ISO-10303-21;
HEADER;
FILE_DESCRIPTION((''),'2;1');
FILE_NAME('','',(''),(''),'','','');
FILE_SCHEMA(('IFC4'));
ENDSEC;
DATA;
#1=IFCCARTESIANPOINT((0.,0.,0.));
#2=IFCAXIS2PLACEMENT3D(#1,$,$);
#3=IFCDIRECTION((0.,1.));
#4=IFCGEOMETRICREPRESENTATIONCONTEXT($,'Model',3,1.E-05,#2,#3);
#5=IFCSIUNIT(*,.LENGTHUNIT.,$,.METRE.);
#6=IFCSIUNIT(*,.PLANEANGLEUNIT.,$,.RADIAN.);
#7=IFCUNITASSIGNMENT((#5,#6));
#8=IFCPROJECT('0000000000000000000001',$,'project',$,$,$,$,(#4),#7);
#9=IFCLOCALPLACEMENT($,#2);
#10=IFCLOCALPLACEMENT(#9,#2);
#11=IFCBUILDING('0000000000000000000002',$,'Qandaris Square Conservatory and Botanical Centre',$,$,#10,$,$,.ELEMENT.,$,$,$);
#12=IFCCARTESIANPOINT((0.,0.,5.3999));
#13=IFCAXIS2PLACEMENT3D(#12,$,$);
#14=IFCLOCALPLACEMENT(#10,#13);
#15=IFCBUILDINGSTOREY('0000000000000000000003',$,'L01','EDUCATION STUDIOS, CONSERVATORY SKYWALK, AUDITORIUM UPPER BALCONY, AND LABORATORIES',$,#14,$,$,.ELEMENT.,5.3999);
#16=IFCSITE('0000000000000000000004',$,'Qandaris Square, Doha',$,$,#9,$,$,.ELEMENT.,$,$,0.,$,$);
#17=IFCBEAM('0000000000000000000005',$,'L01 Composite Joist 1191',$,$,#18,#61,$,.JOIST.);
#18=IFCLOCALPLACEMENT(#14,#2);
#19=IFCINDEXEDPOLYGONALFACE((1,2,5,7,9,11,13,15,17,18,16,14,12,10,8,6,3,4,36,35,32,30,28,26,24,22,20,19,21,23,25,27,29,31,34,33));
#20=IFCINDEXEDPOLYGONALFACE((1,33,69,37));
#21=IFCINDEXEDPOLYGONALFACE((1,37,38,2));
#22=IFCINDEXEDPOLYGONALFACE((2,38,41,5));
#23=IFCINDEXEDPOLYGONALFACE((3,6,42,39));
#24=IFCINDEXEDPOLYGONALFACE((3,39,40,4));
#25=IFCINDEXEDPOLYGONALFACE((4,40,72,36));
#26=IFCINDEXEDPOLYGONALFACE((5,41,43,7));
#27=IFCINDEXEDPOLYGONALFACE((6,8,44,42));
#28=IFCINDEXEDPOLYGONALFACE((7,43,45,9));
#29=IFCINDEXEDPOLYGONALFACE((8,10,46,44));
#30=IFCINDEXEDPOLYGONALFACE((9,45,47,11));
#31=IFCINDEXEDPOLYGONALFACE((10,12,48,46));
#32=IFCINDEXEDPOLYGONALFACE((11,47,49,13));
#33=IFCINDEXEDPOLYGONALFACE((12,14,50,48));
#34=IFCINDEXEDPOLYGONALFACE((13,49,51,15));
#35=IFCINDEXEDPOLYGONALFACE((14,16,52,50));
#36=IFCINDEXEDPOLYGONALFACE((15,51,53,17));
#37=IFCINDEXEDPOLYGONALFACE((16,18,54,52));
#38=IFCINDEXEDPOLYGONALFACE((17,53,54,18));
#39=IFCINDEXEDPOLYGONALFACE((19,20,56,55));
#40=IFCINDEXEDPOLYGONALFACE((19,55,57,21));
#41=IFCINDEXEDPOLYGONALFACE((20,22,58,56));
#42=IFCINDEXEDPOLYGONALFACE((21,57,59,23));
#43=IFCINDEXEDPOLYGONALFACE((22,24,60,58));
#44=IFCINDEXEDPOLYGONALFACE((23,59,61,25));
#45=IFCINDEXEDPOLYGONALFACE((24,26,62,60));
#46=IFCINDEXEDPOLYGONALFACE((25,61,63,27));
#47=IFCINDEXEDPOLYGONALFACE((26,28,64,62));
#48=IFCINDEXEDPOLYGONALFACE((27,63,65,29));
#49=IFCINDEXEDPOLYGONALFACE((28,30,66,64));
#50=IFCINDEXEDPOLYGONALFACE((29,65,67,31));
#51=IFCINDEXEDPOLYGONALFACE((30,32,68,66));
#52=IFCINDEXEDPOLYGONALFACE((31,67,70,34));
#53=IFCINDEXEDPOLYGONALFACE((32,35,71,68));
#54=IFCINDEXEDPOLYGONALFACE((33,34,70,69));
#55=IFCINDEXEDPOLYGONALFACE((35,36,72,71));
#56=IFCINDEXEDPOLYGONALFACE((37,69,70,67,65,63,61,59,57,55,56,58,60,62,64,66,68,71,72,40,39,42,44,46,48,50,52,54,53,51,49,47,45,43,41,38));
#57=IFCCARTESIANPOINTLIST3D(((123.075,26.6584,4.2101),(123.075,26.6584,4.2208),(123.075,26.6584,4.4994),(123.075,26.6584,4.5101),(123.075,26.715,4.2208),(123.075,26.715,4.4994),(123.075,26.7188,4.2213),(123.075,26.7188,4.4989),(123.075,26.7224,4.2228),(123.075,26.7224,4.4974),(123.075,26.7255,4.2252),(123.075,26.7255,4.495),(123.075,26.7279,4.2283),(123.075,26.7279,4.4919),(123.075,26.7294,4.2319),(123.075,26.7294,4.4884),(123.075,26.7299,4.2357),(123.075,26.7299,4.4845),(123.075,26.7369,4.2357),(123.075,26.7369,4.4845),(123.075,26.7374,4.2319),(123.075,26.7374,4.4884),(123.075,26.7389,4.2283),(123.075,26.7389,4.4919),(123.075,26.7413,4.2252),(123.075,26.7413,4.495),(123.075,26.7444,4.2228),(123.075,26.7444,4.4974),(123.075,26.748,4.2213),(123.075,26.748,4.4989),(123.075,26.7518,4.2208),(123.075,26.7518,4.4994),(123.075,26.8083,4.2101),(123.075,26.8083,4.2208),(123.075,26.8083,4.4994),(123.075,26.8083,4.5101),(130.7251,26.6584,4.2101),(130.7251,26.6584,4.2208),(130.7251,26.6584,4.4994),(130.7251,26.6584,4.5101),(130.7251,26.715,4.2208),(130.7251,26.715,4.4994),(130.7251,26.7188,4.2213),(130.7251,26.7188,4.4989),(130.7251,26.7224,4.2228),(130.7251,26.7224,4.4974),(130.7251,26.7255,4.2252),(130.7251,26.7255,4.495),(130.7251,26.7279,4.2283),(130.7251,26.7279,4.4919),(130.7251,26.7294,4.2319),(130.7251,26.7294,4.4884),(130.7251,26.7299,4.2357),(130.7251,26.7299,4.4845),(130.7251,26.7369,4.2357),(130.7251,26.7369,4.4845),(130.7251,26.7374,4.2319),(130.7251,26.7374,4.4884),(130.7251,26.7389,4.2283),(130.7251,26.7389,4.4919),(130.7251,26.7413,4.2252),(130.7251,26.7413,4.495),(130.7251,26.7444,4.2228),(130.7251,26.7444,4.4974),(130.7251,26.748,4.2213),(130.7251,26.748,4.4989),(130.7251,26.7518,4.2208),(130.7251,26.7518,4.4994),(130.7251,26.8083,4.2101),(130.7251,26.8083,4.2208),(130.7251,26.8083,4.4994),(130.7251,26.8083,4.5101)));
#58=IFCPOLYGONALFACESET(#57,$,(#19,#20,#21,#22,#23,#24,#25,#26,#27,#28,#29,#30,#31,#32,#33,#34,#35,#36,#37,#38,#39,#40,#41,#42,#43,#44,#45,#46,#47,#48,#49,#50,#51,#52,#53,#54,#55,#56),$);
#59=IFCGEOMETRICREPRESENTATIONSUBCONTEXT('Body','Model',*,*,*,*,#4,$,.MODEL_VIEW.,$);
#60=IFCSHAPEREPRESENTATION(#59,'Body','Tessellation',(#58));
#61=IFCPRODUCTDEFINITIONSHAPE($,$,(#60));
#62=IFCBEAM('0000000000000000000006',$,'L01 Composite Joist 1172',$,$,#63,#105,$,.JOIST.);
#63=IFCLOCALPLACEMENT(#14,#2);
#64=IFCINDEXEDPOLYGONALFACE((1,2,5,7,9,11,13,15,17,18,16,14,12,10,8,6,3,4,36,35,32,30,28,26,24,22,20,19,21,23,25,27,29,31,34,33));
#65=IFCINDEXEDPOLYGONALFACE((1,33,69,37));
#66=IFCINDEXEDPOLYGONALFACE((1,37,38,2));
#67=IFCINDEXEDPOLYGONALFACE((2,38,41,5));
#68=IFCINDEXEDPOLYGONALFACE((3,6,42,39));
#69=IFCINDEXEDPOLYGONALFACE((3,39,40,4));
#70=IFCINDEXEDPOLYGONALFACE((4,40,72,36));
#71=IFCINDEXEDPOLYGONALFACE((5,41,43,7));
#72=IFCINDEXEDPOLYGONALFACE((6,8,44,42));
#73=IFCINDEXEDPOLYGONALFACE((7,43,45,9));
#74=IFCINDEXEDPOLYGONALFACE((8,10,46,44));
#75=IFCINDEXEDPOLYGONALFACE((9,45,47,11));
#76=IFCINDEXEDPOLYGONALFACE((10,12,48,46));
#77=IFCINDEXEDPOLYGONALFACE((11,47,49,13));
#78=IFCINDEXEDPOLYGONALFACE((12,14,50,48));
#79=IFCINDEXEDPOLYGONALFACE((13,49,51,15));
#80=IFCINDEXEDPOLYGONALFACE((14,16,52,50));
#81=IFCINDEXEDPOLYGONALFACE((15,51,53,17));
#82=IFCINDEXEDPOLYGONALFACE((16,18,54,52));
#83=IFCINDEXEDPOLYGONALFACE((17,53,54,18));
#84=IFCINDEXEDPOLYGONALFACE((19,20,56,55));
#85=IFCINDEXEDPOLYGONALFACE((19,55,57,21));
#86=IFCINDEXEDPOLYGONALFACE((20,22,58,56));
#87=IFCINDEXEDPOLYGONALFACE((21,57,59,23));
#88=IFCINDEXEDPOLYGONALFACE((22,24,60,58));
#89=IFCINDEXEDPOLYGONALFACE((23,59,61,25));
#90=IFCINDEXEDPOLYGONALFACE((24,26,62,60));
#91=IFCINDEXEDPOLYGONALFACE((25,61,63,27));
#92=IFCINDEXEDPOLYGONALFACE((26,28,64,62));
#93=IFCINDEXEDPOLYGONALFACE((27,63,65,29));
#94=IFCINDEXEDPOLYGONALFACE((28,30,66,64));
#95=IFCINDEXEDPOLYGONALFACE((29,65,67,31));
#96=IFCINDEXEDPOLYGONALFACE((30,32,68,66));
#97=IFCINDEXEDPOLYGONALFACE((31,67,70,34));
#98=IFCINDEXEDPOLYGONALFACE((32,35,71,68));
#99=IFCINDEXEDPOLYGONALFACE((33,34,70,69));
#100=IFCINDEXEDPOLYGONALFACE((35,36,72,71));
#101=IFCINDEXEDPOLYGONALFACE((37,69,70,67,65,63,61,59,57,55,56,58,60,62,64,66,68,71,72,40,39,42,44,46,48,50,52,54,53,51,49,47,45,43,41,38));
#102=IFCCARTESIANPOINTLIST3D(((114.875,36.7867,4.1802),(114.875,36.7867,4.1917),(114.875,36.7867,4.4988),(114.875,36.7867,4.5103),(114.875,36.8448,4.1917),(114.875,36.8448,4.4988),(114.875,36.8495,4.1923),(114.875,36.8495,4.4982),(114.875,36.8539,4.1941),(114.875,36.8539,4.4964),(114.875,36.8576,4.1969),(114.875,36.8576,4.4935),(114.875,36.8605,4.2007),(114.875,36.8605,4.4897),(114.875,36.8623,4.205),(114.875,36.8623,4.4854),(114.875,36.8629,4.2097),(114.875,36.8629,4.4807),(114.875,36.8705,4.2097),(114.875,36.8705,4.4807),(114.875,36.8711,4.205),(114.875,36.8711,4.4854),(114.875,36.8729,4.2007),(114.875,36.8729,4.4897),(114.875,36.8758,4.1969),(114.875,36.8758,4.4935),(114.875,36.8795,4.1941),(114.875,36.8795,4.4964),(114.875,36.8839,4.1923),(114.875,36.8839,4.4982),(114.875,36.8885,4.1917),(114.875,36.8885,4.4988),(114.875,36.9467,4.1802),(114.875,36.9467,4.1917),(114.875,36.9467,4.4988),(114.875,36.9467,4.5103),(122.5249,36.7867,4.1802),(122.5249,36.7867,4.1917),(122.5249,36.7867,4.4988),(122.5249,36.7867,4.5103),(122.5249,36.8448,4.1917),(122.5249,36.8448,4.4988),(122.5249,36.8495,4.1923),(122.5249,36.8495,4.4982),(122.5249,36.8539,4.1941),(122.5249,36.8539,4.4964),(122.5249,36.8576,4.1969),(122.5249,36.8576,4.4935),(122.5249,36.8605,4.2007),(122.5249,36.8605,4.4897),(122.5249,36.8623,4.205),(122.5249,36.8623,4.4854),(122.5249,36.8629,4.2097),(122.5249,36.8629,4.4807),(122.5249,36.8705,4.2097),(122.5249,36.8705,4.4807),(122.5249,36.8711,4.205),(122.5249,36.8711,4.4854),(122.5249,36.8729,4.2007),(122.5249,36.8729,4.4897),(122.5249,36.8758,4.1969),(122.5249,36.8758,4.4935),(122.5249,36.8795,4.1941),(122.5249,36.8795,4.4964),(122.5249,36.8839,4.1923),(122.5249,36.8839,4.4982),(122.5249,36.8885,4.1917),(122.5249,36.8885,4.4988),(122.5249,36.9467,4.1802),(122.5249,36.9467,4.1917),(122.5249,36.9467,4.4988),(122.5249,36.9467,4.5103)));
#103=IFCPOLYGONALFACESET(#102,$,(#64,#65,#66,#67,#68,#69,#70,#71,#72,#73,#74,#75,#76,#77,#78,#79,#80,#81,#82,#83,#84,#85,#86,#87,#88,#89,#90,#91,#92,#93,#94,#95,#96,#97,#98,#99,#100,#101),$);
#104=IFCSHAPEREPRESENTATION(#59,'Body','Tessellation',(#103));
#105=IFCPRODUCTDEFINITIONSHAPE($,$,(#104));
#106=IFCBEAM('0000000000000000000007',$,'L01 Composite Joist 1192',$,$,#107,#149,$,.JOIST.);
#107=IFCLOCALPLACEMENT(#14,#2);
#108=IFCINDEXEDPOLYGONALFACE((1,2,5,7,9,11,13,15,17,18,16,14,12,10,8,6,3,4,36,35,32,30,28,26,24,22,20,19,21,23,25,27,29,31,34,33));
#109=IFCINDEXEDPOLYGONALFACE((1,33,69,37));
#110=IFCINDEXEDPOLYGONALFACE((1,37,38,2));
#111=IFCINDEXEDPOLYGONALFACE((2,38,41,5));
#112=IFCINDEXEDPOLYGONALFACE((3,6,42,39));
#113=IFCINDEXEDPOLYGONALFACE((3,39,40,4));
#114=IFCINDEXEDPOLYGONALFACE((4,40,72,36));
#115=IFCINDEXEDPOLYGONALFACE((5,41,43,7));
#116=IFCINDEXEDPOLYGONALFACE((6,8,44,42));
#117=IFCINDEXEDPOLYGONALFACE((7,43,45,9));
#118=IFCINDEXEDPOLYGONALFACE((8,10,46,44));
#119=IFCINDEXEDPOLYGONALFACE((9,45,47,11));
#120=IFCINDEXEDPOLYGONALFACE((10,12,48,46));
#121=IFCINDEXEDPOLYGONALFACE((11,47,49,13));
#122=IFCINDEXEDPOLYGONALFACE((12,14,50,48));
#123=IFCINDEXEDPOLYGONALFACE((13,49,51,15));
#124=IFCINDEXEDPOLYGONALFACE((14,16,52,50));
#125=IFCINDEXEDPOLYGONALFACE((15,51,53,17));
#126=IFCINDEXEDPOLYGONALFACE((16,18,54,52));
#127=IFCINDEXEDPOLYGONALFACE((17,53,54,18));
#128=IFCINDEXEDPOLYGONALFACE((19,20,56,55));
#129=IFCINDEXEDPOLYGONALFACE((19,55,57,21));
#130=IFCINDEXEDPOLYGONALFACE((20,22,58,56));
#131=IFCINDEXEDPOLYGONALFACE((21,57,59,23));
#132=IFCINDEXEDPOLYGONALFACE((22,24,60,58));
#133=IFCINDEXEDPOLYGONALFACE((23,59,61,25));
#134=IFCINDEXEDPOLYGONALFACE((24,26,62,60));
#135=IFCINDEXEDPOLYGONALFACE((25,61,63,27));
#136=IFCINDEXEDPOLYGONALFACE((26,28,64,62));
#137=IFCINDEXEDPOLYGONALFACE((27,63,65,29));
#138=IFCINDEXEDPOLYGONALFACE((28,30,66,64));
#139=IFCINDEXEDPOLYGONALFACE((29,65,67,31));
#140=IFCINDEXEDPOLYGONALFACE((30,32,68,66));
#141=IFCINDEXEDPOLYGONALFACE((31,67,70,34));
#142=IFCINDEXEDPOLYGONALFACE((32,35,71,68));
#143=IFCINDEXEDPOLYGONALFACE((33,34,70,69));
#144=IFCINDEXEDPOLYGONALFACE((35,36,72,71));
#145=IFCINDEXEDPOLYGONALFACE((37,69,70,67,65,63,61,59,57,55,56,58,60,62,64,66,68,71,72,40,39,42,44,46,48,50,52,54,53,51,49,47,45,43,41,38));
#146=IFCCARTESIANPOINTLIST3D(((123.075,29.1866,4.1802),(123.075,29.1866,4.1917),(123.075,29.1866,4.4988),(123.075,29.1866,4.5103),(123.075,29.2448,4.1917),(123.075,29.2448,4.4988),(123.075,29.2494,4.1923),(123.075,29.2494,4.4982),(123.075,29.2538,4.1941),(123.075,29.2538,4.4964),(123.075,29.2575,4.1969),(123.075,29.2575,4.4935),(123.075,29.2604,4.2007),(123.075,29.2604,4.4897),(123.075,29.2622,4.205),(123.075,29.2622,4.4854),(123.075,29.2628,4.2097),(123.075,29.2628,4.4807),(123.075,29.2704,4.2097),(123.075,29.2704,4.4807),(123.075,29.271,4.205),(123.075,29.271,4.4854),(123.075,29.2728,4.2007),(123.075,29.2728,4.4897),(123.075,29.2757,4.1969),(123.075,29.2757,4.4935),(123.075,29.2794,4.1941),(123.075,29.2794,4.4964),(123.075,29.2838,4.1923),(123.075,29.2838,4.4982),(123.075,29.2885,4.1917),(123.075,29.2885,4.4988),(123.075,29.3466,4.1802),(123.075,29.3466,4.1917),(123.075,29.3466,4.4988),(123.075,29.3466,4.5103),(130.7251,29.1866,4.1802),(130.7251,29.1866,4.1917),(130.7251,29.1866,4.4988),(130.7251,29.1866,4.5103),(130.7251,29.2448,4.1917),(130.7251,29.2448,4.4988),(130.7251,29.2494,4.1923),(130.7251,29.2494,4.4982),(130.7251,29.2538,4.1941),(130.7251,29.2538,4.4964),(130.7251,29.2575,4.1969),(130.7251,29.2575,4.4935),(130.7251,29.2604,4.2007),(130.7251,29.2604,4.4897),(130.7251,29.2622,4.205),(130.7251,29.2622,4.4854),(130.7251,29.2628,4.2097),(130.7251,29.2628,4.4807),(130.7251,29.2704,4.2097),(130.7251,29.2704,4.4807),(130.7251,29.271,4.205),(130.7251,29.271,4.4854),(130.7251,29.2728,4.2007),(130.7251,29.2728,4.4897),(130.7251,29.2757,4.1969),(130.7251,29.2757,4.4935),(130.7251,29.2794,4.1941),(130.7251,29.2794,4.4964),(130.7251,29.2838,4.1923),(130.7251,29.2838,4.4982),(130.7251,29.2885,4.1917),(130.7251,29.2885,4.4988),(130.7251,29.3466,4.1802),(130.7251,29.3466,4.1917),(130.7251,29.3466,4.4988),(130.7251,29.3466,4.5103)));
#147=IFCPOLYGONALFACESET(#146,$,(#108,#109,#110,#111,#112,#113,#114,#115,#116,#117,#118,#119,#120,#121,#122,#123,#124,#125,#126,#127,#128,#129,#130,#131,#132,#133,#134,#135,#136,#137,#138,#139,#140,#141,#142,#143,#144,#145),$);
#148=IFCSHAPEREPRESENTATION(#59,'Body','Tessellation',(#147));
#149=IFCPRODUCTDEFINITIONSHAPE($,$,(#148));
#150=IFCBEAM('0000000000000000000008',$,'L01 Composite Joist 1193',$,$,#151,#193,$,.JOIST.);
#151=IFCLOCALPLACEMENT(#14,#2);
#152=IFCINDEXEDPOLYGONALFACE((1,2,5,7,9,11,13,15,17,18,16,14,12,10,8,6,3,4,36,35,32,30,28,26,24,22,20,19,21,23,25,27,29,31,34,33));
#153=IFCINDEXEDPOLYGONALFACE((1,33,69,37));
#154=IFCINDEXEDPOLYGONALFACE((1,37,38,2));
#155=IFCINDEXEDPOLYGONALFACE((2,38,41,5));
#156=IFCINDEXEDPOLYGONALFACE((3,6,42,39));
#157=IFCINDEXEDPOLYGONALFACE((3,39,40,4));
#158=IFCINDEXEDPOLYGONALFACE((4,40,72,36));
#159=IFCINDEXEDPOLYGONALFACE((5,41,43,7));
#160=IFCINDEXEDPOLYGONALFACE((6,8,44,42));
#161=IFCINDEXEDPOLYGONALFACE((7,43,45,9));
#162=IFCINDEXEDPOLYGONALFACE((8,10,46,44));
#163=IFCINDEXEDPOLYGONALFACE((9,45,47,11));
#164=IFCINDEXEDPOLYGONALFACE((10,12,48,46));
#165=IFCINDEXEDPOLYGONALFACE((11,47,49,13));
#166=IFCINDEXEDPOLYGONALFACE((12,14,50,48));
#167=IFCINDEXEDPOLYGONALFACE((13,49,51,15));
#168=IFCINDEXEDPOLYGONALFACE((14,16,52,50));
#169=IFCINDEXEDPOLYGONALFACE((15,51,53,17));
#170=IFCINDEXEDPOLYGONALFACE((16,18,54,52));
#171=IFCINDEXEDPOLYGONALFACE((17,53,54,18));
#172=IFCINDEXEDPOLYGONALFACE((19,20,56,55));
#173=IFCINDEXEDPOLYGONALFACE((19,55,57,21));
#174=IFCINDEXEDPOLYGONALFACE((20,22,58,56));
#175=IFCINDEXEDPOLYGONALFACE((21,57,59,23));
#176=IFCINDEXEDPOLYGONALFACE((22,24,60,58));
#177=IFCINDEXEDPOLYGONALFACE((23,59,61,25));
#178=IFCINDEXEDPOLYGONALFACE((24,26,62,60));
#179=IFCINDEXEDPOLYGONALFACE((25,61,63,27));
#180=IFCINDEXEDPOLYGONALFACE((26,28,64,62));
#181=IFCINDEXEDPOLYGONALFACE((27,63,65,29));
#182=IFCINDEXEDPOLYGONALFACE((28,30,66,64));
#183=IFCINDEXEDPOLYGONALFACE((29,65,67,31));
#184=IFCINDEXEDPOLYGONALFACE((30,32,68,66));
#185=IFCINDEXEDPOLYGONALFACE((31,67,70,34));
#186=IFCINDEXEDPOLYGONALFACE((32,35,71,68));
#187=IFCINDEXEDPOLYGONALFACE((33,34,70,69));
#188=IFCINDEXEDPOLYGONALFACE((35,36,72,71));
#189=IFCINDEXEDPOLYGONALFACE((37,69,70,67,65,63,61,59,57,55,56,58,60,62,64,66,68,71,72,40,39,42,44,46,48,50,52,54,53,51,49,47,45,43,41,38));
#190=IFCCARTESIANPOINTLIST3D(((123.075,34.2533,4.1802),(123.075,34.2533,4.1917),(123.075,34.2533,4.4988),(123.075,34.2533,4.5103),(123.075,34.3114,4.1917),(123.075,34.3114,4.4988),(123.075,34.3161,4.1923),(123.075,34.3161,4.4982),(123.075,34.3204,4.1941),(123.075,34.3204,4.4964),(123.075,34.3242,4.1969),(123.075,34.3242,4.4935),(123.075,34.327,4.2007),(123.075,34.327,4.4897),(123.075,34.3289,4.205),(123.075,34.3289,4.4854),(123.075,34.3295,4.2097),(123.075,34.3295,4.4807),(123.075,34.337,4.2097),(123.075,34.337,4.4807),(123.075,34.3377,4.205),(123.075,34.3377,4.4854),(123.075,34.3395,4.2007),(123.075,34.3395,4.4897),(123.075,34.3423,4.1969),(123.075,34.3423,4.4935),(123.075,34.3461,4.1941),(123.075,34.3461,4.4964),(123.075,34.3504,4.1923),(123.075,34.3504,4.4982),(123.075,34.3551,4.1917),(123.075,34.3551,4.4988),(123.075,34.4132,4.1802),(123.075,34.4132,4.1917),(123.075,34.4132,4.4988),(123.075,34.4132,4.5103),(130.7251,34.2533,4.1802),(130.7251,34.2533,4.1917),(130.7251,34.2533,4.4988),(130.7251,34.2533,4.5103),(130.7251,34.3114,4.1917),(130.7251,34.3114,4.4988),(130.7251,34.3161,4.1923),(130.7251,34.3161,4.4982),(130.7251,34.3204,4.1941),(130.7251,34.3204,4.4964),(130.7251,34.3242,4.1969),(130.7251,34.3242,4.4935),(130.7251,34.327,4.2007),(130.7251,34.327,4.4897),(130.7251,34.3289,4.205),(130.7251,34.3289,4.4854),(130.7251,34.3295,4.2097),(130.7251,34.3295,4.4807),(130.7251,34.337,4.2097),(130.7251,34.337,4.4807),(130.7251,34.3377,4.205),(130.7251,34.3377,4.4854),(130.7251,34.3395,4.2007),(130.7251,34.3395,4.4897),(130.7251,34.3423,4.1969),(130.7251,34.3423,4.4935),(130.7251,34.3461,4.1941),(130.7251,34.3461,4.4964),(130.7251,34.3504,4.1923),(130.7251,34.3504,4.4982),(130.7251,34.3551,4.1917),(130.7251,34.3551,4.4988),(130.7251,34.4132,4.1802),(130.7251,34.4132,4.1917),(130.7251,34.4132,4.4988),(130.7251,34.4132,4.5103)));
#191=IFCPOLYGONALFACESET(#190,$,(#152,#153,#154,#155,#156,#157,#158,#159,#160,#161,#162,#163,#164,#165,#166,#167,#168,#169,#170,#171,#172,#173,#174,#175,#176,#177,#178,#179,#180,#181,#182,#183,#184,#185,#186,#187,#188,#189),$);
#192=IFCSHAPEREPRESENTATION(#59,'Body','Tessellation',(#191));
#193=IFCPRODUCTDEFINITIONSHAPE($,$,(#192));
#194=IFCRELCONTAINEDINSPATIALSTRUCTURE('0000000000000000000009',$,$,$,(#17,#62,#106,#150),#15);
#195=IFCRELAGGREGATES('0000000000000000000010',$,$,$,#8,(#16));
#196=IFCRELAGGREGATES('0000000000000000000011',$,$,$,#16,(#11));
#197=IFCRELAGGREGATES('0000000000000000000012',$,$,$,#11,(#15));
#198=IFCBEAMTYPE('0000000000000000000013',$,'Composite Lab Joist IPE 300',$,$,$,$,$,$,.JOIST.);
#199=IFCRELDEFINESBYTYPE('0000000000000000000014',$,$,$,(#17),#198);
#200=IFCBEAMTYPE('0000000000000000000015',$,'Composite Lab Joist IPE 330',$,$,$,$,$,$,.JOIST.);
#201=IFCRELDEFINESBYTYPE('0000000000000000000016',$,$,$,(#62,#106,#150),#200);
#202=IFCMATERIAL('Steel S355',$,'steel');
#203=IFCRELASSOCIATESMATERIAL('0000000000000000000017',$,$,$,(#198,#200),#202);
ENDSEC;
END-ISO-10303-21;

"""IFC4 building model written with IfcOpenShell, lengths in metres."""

from ifc_helpers import new_model, si_unit, direction, frame, origin, origin_2d, place, context, subcontext, project, spatial, i_section, extrude, material, material_profile, profile_set, type_object, element, save


model = new_model("IFC4")

# Units and contexts
model_context = context("Model", 3, precision=1e-05, world=origin(), true_north=direction((0.0, 1.0)))
body_context = subcontext(model_context, "Body", "Model", "MODEL_VIEW")
ifc_project = project(units=[si_unit("LENGTHUNIT", "METRE"), si_unit("PLANEANGLEUNIT", "RADIAN")], contexts=[model_context])

# Site, building, storey
site_placement = place(None, origin())
site = spatial("IfcSite", under=ifc_project, at=site_placement, Name="Qandaris Square, Doha", CompositionType="ELEMENT", RefElevation=0.0)
building_placement = place(site_placement, origin())
building = spatial("IfcBuilding", under=site, at=building_placement, Name="Qandaris Square Conservatory and Botanical Centre", CompositionType="ELEMENT")
storey_placement = place(building_placement, frame((0.0, 0.0, 5.3999)))
storey = spatial("IfcBuildingStorey", under=building, at=storey_placement, Name="L01", Description="EDUCATION STUDIOS, CONSERVATORY SKYWALK, AUDITORIUM UPPER BALCONY, AND LABORATORIES", CompositionType="ELEMENT", Elevation=5.3999)

# Beams
ifc_material_1 = material(Name="Steel S355", Category="steel")
ifc_material_profile_1 = material_profile(ifc_material_1, i_section(OverallWidth=0.1499, OverallDepth=0.3, WebThickness=0.0071, FlangeThickness=0.0107, FilletRadius=0.0149, at=origin_2d()), Name="IPE 300")
ifc_profile_set_1 = profile_set([ifc_material_profile_1], Name="Steel S355")
beam_type_1 = type_object("IfcBeamType", Name="Composite Lab Joist IPE 300", PredefinedType="JOIST", material=ifc_profile_set_1)
beam_1_placement = place(storey_placement, frame((123.075, 26.7334, 4.3601), z_axis=(1.0, 0.0, 0.0), x_axis=(0.0, 1.0, 0.0)))
element("IfcBeam", 1, at=beam_1_placement, inside=storey, type_object=beam_type_1, Name="L01 Composite Joist 1191", PredefinedType="JOIST", context=body_context, shape_type="SweptSolid", body=[
    extrude(i_section(OverallWidth=0.1499, OverallDepth=0.3, WebThickness=0.0071, FlangeThickness=0.0107, FilletRadius=0.0149, at=origin_2d()), origin(), (0.0, 0.0, 1.0), 7.6501),
])
ifc_material_profile_2 = material_profile(ifc_material_1, i_section(OverallWidth=0.1599, OverallDepth=0.3301, WebThickness=0.0076, FlangeThickness=0.0115, FilletRadius=0.0181, at=origin_2d()), Name="IPE 330")
ifc_profile_set_2 = profile_set([ifc_material_profile_2], Name="Steel S355")
beam_type_2 = type_object("IfcBeamType", Name="Composite Lab Joist IPE 330", PredefinedType="JOIST", material=ifc_profile_set_2)
beam_2_placement = place(storey_placement, frame((114.875, 36.8667, 4.3452), z_axis=(1.0, 0.0, 0.0), x_axis=(0.0, 1.0, 0.0)))
element("IfcBeam", 2, at=beam_2_placement, inside=storey, type_object=beam_type_2, Name="L01 Composite Joist 1172", PredefinedType="JOIST", context=body_context, shape_type="SweptSolid", body=[
    extrude(i_section(OverallWidth=0.1599, OverallDepth=0.3301, WebThickness=0.0076, FlangeThickness=0.0115, FilletRadius=0.0181, at=origin_2d()), origin(), (0.0, 0.0, 1.0), 7.6499),
])
for number, where, z_axis, x_axis, name in (
    (3, (123.075, 29.2666, 4.3452), (1.0, 0.0, 0.0), (0.0, 1.0, 0.0), "L01 Composite Joist 1192"),
    (4, (123.075, 34.3333, 4.3452), (1.0, 0.0, 0.0), (0.0, 1.0, 0.0), "L01 Composite Joist 1193"),
):
    element("IfcBeam", number, at=place(storey_placement, frame(where, z_axis=z_axis, x_axis=x_axis)), inside=storey, type_object=beam_type_2, Name=name, PredefinedType="JOIST", context=body_context, shape_type="SweptSolid", body=[
        extrude(i_section(OverallWidth=0.1599, OverallDepth=0.3301, WebThickness=0.0076, FlangeThickness=0.0115, FilletRadius=0.0181, at=origin_2d()), origin(), (0.0, 0.0, 1.0), 7.6501),
    ])

save(model, "model.ifc")
